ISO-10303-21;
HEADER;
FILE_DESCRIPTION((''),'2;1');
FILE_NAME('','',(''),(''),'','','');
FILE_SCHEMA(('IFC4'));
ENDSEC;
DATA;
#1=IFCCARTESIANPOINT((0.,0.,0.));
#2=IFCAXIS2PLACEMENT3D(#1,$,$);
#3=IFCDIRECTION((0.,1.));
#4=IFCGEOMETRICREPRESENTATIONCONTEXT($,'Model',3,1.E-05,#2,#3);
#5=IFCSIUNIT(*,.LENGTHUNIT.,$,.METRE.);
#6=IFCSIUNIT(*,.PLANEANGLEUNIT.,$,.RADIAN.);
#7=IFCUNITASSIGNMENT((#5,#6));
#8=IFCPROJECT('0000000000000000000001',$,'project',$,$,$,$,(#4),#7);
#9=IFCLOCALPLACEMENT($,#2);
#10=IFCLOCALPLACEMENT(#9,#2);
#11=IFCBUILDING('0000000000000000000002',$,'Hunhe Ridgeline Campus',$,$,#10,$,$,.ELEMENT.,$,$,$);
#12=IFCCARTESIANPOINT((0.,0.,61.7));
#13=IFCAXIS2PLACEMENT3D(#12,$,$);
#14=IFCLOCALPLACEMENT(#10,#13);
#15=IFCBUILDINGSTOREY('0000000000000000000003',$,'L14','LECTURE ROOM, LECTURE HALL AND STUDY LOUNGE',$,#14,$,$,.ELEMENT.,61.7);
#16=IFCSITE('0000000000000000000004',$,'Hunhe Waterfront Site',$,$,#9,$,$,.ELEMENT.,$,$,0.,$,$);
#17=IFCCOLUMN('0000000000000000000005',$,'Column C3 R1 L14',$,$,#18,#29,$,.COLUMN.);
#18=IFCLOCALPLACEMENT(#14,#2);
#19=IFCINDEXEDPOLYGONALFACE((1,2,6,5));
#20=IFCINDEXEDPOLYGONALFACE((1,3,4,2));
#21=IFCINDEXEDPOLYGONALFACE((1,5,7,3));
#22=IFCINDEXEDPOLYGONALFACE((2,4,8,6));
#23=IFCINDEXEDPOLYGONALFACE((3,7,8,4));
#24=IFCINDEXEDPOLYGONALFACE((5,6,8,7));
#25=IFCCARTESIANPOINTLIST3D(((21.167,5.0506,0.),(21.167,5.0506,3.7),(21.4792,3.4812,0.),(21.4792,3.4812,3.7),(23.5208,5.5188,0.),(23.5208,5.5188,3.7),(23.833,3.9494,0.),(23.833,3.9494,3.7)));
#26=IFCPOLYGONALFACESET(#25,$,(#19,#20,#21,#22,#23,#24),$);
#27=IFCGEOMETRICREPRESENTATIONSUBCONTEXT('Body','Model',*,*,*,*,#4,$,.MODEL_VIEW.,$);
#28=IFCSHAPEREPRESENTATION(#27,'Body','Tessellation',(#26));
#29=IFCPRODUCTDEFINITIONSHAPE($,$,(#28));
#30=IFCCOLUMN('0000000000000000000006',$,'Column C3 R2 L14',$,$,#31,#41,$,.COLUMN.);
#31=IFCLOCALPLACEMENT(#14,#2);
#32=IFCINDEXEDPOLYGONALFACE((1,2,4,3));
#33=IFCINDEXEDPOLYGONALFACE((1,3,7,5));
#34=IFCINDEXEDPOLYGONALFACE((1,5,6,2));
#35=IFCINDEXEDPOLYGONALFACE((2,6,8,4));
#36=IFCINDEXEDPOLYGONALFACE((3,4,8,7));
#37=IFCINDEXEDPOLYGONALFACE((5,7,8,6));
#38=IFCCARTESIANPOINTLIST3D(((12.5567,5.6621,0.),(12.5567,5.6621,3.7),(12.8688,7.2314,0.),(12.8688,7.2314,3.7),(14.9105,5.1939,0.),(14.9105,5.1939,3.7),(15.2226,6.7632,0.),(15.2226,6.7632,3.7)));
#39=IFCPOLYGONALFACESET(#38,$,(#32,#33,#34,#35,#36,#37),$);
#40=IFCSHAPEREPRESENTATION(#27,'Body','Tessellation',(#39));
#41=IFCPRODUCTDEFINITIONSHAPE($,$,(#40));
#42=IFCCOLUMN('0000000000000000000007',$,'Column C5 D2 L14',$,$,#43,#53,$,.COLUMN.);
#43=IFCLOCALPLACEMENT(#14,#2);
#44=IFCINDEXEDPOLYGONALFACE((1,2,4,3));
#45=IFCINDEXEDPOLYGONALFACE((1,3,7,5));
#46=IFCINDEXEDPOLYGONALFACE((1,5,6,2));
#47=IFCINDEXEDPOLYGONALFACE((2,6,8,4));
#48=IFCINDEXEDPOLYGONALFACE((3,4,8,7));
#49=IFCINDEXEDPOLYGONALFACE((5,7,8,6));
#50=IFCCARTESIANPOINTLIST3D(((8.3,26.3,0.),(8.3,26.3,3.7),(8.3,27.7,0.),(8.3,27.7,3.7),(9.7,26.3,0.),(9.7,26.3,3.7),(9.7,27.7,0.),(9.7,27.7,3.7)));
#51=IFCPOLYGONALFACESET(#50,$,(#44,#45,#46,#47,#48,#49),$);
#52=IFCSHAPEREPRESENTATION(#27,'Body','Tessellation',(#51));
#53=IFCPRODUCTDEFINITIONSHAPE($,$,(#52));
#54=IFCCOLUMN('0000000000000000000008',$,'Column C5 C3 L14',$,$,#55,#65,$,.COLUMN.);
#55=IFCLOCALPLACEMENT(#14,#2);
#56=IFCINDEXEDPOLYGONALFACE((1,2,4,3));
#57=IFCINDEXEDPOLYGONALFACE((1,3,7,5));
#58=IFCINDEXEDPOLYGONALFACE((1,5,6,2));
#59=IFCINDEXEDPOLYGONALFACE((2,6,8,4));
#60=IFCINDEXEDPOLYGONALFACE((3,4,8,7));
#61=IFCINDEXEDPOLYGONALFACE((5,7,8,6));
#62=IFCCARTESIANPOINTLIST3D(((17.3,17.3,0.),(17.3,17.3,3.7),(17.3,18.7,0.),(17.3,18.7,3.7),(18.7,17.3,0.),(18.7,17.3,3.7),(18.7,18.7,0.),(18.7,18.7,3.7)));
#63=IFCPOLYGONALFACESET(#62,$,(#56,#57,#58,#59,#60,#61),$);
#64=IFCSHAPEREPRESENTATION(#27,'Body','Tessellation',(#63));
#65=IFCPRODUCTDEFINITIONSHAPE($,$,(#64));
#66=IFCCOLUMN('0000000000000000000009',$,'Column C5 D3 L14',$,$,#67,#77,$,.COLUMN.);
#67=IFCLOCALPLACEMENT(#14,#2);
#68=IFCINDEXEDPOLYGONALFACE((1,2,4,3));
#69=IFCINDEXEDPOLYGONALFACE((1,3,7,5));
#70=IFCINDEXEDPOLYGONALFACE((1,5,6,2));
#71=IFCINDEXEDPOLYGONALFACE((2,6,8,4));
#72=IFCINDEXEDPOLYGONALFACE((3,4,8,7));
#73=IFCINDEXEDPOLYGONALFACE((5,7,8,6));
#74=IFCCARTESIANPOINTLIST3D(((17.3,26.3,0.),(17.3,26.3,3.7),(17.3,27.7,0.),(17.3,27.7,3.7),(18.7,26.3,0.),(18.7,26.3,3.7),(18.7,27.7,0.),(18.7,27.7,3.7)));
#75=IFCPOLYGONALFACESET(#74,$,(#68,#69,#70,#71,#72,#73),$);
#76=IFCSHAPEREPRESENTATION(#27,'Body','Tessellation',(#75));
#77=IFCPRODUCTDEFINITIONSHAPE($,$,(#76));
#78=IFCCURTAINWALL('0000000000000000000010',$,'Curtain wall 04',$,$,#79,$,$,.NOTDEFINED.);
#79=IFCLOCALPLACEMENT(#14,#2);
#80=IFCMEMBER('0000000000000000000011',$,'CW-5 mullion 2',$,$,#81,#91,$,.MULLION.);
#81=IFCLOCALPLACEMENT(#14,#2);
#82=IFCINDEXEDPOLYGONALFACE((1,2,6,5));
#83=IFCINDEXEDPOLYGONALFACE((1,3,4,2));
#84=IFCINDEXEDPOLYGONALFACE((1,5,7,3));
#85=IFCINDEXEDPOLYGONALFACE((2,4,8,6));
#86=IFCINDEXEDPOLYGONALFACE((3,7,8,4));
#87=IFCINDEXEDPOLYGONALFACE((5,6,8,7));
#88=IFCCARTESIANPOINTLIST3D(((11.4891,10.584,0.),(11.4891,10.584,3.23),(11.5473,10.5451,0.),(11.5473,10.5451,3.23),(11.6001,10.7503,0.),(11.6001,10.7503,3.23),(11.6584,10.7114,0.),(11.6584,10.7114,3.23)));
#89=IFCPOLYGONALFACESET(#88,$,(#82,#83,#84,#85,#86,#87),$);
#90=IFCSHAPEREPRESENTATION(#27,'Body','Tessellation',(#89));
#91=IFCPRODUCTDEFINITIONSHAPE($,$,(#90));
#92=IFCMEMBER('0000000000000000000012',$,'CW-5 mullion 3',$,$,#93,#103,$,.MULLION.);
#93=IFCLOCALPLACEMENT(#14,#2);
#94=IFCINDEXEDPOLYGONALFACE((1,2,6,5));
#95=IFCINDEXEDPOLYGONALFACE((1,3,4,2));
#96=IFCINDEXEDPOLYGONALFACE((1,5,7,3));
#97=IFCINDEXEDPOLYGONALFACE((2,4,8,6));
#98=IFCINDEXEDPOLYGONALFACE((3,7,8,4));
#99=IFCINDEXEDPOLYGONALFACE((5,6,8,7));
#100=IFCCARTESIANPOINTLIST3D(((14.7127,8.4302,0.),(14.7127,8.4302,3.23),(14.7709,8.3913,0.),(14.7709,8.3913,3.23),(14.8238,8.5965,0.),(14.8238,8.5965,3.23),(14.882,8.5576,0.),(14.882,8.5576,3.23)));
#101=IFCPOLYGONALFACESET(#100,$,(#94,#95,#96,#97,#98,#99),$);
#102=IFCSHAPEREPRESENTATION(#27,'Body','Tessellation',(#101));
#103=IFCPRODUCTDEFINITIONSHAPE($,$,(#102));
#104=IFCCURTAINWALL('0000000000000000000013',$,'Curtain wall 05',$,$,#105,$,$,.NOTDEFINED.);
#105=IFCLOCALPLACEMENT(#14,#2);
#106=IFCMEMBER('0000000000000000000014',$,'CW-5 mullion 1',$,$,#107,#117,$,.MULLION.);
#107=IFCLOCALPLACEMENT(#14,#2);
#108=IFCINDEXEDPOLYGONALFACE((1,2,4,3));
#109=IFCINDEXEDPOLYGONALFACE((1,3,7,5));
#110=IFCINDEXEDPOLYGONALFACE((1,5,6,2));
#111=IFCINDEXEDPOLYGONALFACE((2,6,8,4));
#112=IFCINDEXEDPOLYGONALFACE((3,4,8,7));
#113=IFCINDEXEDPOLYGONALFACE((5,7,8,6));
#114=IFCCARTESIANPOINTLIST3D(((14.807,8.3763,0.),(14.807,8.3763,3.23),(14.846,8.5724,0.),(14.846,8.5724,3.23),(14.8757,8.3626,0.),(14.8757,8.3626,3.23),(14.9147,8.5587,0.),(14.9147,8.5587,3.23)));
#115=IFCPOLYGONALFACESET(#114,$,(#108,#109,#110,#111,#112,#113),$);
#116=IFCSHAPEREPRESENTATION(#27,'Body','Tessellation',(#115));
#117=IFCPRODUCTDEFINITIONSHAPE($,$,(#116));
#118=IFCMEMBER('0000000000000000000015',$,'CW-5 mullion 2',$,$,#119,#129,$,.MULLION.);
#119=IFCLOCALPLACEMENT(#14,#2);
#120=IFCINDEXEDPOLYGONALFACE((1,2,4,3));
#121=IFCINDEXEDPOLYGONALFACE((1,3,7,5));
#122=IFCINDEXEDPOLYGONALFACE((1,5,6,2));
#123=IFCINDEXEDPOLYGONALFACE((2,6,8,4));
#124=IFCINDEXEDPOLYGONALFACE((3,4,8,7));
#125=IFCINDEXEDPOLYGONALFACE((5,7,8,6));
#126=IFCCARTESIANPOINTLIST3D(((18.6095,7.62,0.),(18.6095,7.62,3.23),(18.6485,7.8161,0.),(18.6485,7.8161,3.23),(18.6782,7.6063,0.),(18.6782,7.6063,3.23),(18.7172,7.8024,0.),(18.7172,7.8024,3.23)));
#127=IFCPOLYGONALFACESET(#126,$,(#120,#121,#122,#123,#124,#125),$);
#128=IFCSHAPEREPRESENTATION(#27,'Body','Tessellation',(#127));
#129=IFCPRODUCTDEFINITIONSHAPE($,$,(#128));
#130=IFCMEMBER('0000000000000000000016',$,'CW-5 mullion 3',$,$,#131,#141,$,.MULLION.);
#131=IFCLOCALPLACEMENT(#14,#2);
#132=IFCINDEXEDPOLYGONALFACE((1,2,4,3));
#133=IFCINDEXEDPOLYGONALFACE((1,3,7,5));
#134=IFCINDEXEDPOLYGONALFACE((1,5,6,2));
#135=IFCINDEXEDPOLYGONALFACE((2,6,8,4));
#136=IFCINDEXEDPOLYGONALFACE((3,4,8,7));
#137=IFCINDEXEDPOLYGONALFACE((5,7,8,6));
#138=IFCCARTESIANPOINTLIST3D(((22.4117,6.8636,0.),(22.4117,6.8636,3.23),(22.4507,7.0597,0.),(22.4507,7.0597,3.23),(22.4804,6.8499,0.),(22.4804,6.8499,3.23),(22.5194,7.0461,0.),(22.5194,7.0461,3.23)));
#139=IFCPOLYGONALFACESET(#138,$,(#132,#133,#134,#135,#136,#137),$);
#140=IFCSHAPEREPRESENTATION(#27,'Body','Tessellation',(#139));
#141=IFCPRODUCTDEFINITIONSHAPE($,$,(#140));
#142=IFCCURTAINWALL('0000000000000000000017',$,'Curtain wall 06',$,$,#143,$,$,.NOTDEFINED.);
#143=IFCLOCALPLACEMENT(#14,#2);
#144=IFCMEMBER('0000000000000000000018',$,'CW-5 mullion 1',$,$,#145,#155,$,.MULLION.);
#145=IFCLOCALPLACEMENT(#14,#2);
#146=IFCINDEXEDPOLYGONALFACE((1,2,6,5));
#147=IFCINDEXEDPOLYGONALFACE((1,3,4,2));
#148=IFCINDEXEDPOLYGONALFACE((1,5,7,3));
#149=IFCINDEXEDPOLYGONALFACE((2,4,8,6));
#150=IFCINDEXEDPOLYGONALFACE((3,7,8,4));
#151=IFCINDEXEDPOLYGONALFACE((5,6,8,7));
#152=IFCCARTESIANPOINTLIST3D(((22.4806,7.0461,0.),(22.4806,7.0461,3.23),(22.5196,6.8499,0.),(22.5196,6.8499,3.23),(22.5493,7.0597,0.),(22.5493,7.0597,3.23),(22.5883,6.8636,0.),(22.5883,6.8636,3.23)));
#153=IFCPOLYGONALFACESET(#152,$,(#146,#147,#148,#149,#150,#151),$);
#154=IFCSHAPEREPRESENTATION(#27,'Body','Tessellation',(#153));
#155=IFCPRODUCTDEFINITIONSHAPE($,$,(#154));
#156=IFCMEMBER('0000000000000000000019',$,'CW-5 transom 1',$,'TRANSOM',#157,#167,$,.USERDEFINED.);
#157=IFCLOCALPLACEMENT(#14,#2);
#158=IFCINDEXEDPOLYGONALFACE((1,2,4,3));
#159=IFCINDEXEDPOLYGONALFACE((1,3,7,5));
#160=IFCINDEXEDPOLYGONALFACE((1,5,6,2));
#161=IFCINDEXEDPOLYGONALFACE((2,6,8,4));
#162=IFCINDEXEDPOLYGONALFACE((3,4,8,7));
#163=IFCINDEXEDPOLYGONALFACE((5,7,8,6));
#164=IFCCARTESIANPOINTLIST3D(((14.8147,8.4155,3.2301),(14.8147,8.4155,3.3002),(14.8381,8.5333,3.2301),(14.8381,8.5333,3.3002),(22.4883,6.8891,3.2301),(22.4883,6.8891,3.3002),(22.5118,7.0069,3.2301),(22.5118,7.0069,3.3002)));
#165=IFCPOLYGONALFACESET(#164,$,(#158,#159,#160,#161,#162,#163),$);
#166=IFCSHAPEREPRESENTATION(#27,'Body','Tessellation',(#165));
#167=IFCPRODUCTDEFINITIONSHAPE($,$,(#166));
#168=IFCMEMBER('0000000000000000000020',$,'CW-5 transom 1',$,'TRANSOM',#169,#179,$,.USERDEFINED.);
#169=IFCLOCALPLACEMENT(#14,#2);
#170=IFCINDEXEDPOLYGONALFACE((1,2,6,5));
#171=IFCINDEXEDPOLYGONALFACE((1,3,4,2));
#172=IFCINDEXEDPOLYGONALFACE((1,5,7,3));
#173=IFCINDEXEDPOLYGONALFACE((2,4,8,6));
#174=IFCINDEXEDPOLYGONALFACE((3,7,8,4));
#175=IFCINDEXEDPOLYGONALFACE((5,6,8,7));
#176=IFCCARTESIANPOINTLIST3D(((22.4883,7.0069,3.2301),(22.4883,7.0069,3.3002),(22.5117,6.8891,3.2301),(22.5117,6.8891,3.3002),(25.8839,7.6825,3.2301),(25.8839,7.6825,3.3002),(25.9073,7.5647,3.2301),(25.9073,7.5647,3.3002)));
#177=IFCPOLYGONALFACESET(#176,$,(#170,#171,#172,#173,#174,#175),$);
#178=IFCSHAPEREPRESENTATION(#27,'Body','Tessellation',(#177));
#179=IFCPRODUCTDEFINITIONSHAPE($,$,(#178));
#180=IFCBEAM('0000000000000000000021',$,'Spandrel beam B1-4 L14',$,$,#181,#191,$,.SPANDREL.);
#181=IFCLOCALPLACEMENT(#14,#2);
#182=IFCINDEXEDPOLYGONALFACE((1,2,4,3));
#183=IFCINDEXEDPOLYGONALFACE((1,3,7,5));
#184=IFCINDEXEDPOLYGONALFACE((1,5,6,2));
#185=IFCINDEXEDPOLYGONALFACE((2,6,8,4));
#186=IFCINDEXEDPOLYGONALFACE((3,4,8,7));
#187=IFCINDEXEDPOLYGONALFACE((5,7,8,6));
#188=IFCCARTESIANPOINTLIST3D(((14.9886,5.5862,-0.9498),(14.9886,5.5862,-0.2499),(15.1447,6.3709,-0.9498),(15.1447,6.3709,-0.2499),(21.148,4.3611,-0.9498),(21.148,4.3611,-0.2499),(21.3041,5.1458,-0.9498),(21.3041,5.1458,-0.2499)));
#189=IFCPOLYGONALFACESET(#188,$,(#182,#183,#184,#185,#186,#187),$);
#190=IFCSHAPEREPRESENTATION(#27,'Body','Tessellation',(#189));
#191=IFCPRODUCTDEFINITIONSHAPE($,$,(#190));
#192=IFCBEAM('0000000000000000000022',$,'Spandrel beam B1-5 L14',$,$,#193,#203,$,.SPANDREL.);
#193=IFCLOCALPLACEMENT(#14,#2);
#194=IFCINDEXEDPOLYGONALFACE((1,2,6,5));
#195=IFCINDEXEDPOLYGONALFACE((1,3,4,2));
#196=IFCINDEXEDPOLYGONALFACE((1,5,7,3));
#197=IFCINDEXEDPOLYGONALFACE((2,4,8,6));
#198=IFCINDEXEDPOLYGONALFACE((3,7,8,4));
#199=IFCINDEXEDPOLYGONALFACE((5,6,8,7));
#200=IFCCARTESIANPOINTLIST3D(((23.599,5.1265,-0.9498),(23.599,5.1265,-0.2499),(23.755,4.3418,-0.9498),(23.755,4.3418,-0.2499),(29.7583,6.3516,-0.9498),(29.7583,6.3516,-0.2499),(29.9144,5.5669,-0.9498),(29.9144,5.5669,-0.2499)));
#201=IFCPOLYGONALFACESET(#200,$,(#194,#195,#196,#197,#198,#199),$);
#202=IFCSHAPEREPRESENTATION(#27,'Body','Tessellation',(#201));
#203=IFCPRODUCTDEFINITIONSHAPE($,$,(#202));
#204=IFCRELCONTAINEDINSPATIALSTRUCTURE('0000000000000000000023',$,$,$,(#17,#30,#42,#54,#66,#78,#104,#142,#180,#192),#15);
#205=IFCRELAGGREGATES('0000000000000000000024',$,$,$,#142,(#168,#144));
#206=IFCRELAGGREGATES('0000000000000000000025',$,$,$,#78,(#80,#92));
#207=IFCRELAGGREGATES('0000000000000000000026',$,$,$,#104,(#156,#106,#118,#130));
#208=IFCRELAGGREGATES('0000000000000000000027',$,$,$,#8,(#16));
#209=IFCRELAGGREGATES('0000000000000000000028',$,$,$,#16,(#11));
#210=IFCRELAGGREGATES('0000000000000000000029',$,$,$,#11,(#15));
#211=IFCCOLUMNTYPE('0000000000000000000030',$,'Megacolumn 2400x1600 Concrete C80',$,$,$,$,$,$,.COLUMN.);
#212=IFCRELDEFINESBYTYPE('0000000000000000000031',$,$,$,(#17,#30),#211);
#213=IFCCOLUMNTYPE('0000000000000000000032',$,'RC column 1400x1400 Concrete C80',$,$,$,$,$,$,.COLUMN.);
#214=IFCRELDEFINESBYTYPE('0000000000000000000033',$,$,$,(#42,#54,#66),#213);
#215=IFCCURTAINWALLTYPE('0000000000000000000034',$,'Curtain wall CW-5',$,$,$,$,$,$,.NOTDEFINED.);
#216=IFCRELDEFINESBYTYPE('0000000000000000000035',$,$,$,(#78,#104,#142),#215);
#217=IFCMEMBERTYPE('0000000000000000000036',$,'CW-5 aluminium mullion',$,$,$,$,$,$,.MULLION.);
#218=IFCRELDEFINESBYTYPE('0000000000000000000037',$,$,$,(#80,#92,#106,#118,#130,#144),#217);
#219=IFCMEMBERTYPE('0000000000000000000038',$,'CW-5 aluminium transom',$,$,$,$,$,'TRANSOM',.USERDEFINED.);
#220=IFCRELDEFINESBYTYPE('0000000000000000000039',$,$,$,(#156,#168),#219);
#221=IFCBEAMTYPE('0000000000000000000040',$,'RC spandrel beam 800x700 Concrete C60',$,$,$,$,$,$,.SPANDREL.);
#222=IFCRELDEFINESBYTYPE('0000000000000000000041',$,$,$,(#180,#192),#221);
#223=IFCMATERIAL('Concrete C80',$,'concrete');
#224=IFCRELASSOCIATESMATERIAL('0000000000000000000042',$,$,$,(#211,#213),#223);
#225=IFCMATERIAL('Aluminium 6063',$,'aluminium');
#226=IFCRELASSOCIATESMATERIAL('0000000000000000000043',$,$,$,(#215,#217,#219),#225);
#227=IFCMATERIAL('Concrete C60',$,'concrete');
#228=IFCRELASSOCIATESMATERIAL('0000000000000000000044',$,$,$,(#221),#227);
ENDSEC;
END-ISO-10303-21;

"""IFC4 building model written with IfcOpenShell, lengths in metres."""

from ifc_helpers import new_model, si_unit, direction, frame, origin, origin_2d, place, context, subcontext, project, spatial, rectangle, extrude, material, material_profile, profile_set, type_object, element, aggregate, save


model = new_model("IFC4")

# Units and contexts
model_context = context("Model", 3, precision=1e-05, world=origin(), true_north=direction((0.0, 1.0)))
body_context = subcontext(model_context, "Body", "Model", "MODEL_VIEW")
ifc_project = project(units=[si_unit("LENGTHUNIT", "METRE"), si_unit("PLANEANGLEUNIT", "RADIAN")], contexts=[model_context])

# Site, building, storey
site_placement = place(None, origin())
site = spatial("IfcSite", under=ifc_project, at=site_placement, Name="Hunhe Waterfront Site", CompositionType="ELEMENT", RefElevation=0.0)
building_placement = place(site_placement, origin())
building = spatial("IfcBuilding", under=site, at=building_placement, Name="Hunhe Ridgeline Campus", CompositionType="ELEMENT")
storey_placement = place(building_placement, frame((0.0, 0.0, 61.7)))
storey = spatial("IfcBuildingStorey", under=building, at=storey_placement, Name="L14", Description="LECTURE ROOM, LECTURE HALL AND STUDY LOUNGE", CompositionType="ELEMENT", Elevation=61.7)

# Columns
ifc_material_1 = material(Name="Concrete C80", Category="concrete")
ifc_material_profile_1 = material_profile(ifc_material_1, rectangle(XDim=2.3999, YDim=1.6001, at=origin_2d()))
ifc_profile_set_1 = profile_set([ifc_material_profile_1], Name="Concrete C80")
column_type_1 = type_object("IfcColumnType", Name="Megacolumn 2400x1600 Concrete C80", PredefinedType="COLUMN", material=ifc_profile_set_1)
for number, where, z_axis, x_axis, name in (
    (1, (22.5, 4.5, 0.0), (0.0, 0.0, 1.0), (0.980785, 0.19509, 0.0), "Column C3 R1 L14"),
    (2, (13.8896, 6.2126, 0.0), (0.0, 0.0, 1.0), (-0.980785, 0.19509, 0.0), "Column C3 R2 L14"),
):
    element("IfcColumn", number, at=place(storey_placement, frame(where, z_axis=z_axis, x_axis=x_axis)), inside=storey, type_object=column_type_1, Name=name, PredefinedType="COLUMN", context=body_context, shape_type="SweptSolid", body=[
        extrude(rectangle(XDim=2.3999, YDim=1.6001, at=origin_2d()), origin(), (0.0, 0.0, 1.0), 3.7),
    ])
ifc_material_profile_2 = material_profile(ifc_material_1, rectangle(XDim=1.3999, YDim=1.3999, at=origin_2d()))
ifc_profile_set_2 = profile_set([ifc_material_profile_2], Name="Concrete C80")
column_type_2 = type_object("IfcColumnType", Name="RC column 1400x1400 Concrete C80", PredefinedType="COLUMN", material=ifc_profile_set_2)
for number, where, z_axis, x_axis, name in (
    (3, (9.0, 27.0, 0.0), (0.0, 0.0, 1.0), (1.0, 0.0, 0.0), "Column C5 D2 L14"),
    (4, (18.0, 18.0, 0.0), (0.0, 0.0, 1.0), (1.0, 0.0, 0.0), "Column C5 C3 L14"),
    (5, (18.0, 27.0, 0.0), (0.0, 0.0, 1.0), (1.0, 0.0, 0.0), "Column C5 D3 L14"),
):
    element("IfcColumn", number, at=place(storey_placement, frame(where, z_axis=z_axis, x_axis=x_axis)), inside=storey, type_object=column_type_2, Name=name, PredefinedType="COLUMN", context=body_context, shape_type="SweptSolid", body=[
        extrude(rectangle(XDim=1.3999, YDim=1.3999, at=origin_2d()), origin(), (0.0, 0.0, 1.0), 3.7),
    ])

# Curtain walls, members
ifc_material_2 = material(Name="Aluminium 6063", Category="aluminium")
curtain_wall_type = type_object("IfcCurtainWallType", Name="Curtain wall CW-5", PredefinedType="NOTDEFINED", material=ifc_material_2)
curtain_wall_1_placement = place(storey_placement, origin())
curtain_wall_1 = element("IfcCurtainWall", 6, at=curtain_wall_1_placement, inside=storey, type_object=curtain_wall_type, Name="Curtain wall 04", PredefinedType="NOTDEFINED")
ifc_material_profile_3 = material_profile(ifc_material_2, rectangle(XDim=0.2, YDim=0.0701, at=origin_2d()))
ifc_profile_set_3 = profile_set([ifc_material_profile_3], Name="Aluminium 6063")
member_type_1 = type_object("IfcMemberType", Name="CW-5 aluminium mullion", PredefinedType="MULLION", material=ifc_profile_set_3)
member_1_placement = place(storey_placement, frame((11.5737, 10.6477, 0.0), z_axis=(0.0, 0.0, 1.0), x_axis=(0.55557, 0.83147, 0.0)))
member_1 = element("IfcMember", 7, at=member_1_placement, type_object=member_type_1, Name="CW-5 mullion 2", PredefinedType="MULLION", context=body_context, shape_type="SweptSolid", body=[
    extrude(rectangle(XDim=0.2, YDim=0.0701, at=origin_2d()), origin(), (0.0, 0.0, 1.0), 3.23),
])
member_2_placement = place(storey_placement, frame((14.7974, 8.4939, 0.0), z_axis=(0.0, 0.0, 1.0), x_axis=(0.55557, 0.83147, 0.0)))
member_2 = element("IfcMember", 8, at=member_2_placement, type_object=member_type_1, Name="CW-5 mullion 3", PredefinedType="MULLION", context=body_context, shape_type="SweptSolid", body=[
    extrude(rectangle(XDim=0.2, YDim=0.0701, at=origin_2d()), origin(), (0.0, 0.0, 1.0), 3.23),
])
curtain_wall_2_placement = place(storey_placement, origin())
curtain_wall_2 = element("IfcCurtainWall", 9, at=curtain_wall_2_placement, inside=storey, type_object=curtain_wall_type, Name="Curtain wall 05", PredefinedType="NOTDEFINED")
member_3_placement = place(storey_placement, frame((14.8608, 8.4675, 0.0), z_axis=(0.0, 0.0, 1.0), x_axis=(0.19509, 0.980785, 0.0)))
member_3 = element("IfcMember", 10, at=member_3_placement, type_object=member_type_1, Name="CW-5 mullion 1", PredefinedType="MULLION", context=body_context, shape_type="SweptSolid", body=[
    extrude(rectangle(XDim=0.2, YDim=0.0701, at=origin_2d()), origin(), (0.0, 0.0, 1.0), 3.23),
])
member_4_placement = place(storey_placement, frame((18.6633, 7.7112, 0.0), z_axis=(0.0, 0.0, 1.0), x_axis=(0.19509, 0.980785, 0.0)))
member_4 = element("IfcMember", 11, at=member_4_placement, type_object=member_type_1, Name="CW-5 mullion 2", PredefinedType="MULLION", context=body_context, shape_type="SweptSolid", body=[
    extrude(rectangle(XDim=0.2, YDim=0.0701, at=origin_2d()), origin(), (0.0, 0.0, 1.0), 3.23),
])
member_5_placement = place(storey_placement, frame((22.4656, 6.9548, 0.0), z_axis=(0.0, 0.0, 1.0), x_axis=(0.19509, 0.980785, 0.0)))
member_5 = element("IfcMember", 12, at=member_5_placement, type_object=member_type_1, Name="CW-5 mullion 3", PredefinedType="MULLION", context=body_context, shape_type="SweptSolid", body=[
    extrude(rectangle(XDim=0.2, YDim=0.0701, at=origin_2d()), origin(), (0.0, 0.0, 1.0), 3.23),
])

# Curtain wall, member
curtain_wall_3_placement = place(storey_placement, origin())
curtain_wall_3 = element("IfcCurtainWall", 13, at=curtain_wall_3_placement, inside=storey, type_object=curtain_wall_type, Name="Curtain wall 06", PredefinedType="NOTDEFINED")
member_6_placement = place(storey_placement, frame((22.5344, 6.9548, 0.0), z_axis=(0.0, 0.0, 1.0), x_axis=(-0.19509, 0.980785, 0.0)))
member_6 = element("IfcMember", 14, at=member_6_placement, type_object=member_type_1, Name="CW-5 mullion 1", PredefinedType="MULLION", context=body_context, shape_type="SweptSolid", body=[
    extrude(rectangle(XDim=0.2, YDim=0.0701, at=origin_2d()), origin(), (0.0, 0.0, 1.0), 3.23),
])

# Members
ifc_material_profile_4 = material_profile(ifc_material_2, rectangle(XDim=0.1201, YDim=0.0701, at=origin_2d()))
ifc_profile_set_4 = profile_set([ifc_material_profile_4], Name="Aluminium 6063")
member_type_2 = type_object("IfcMemberType", Name="CW-5 aluminium transom", ElementType="TRANSOM", PredefinedType="USERDEFINED", material=ifc_profile_set_4)
member_7_placement = place(storey_placement, frame((14.8264, 8.4744, 3.2651), z_axis=(0.980785, -0.19509, 0.0), x_axis=(0.19509, 0.980785, 0.0)))
member_7 = element("IfcMember", 15, at=member_7_placement, type_object=member_type_2, Name="CW-5 transom 1", ObjectType="TRANSOM", PredefinedType="USERDEFINED", context=body_context, shape_type="SweptSolid", body=[
    extrude(rectangle(XDim=0.1201, YDim=0.0701, at=origin_2d()), origin(), (0.0, 0.0, 1.0), 7.824),
])
member_8_placement = place(storey_placement, frame((22.5, 6.948, 3.2651), z_axis=(0.980778, 0.195126, 0.0), x_axis=(-0.195126, 0.980778, 0.0)))
member_8 = element("IfcMember", 16, at=member_8_placement, type_object=member_type_2, Name="CW-5 transom 1", ObjectType="TRANSOM", PredefinedType="USERDEFINED", context=body_context, shape_type="SweptSolid", body=[
    extrude(rectangle(XDim=0.1201, YDim=0.0701, at=origin_2d()), origin(), (0.0, 0.0, 1.0), 3.4622),
])
aggregate(curtain_wall_3, [member_8, member_6])

# Beams
ifc_material_3 = material(Name="Concrete C60", Category="concrete")
ifc_material_profile_5 = material_profile(ifc_material_3, rectangle(XDim=0.8, YDim=0.7, at=origin_2d()))
ifc_profile_set_5 = profile_set([ifc_material_profile_5], Name="Concrete C60")
beam_type = type_object("IfcBeamType", Name="RC spandrel beam 800x700 Concrete C60", PredefinedType="SPANDREL", material=ifc_profile_set_5)
for number, where, z_axis, x_axis, name in (
    (17, (15.0667, 5.9785, -0.5999), (0.980788, -0.195077, 0.0), (0.195077, 0.980788, 0.0), "Spandrel beam B1-4 L14"),
    (18, (23.677, 4.7341, -0.5999), (0.980788, 0.195077, 0.0), (-0.195077, 0.980788, 0.0), "Spandrel beam B1-5 L14"),
):
    element("IfcBeam", number, at=place(storey_placement, frame(where, z_axis=z_axis, x_axis=x_axis)), inside=storey, type_object=beam_type, Name=name, PredefinedType="SPANDREL", context=body_context, shape_type="SweptSolid", body=[
        extrude(rectangle(XDim=0.8, YDim=0.7, at=origin_2d()), origin(), (0.0, 0.0, 1.0), 6.28),
    ])

aggregate(curtain_wall_1, [member_1, member_2])
aggregate(curtain_wall_2, [member_7, member_3, member_4, member_5])

save(model, "model.ifc")
